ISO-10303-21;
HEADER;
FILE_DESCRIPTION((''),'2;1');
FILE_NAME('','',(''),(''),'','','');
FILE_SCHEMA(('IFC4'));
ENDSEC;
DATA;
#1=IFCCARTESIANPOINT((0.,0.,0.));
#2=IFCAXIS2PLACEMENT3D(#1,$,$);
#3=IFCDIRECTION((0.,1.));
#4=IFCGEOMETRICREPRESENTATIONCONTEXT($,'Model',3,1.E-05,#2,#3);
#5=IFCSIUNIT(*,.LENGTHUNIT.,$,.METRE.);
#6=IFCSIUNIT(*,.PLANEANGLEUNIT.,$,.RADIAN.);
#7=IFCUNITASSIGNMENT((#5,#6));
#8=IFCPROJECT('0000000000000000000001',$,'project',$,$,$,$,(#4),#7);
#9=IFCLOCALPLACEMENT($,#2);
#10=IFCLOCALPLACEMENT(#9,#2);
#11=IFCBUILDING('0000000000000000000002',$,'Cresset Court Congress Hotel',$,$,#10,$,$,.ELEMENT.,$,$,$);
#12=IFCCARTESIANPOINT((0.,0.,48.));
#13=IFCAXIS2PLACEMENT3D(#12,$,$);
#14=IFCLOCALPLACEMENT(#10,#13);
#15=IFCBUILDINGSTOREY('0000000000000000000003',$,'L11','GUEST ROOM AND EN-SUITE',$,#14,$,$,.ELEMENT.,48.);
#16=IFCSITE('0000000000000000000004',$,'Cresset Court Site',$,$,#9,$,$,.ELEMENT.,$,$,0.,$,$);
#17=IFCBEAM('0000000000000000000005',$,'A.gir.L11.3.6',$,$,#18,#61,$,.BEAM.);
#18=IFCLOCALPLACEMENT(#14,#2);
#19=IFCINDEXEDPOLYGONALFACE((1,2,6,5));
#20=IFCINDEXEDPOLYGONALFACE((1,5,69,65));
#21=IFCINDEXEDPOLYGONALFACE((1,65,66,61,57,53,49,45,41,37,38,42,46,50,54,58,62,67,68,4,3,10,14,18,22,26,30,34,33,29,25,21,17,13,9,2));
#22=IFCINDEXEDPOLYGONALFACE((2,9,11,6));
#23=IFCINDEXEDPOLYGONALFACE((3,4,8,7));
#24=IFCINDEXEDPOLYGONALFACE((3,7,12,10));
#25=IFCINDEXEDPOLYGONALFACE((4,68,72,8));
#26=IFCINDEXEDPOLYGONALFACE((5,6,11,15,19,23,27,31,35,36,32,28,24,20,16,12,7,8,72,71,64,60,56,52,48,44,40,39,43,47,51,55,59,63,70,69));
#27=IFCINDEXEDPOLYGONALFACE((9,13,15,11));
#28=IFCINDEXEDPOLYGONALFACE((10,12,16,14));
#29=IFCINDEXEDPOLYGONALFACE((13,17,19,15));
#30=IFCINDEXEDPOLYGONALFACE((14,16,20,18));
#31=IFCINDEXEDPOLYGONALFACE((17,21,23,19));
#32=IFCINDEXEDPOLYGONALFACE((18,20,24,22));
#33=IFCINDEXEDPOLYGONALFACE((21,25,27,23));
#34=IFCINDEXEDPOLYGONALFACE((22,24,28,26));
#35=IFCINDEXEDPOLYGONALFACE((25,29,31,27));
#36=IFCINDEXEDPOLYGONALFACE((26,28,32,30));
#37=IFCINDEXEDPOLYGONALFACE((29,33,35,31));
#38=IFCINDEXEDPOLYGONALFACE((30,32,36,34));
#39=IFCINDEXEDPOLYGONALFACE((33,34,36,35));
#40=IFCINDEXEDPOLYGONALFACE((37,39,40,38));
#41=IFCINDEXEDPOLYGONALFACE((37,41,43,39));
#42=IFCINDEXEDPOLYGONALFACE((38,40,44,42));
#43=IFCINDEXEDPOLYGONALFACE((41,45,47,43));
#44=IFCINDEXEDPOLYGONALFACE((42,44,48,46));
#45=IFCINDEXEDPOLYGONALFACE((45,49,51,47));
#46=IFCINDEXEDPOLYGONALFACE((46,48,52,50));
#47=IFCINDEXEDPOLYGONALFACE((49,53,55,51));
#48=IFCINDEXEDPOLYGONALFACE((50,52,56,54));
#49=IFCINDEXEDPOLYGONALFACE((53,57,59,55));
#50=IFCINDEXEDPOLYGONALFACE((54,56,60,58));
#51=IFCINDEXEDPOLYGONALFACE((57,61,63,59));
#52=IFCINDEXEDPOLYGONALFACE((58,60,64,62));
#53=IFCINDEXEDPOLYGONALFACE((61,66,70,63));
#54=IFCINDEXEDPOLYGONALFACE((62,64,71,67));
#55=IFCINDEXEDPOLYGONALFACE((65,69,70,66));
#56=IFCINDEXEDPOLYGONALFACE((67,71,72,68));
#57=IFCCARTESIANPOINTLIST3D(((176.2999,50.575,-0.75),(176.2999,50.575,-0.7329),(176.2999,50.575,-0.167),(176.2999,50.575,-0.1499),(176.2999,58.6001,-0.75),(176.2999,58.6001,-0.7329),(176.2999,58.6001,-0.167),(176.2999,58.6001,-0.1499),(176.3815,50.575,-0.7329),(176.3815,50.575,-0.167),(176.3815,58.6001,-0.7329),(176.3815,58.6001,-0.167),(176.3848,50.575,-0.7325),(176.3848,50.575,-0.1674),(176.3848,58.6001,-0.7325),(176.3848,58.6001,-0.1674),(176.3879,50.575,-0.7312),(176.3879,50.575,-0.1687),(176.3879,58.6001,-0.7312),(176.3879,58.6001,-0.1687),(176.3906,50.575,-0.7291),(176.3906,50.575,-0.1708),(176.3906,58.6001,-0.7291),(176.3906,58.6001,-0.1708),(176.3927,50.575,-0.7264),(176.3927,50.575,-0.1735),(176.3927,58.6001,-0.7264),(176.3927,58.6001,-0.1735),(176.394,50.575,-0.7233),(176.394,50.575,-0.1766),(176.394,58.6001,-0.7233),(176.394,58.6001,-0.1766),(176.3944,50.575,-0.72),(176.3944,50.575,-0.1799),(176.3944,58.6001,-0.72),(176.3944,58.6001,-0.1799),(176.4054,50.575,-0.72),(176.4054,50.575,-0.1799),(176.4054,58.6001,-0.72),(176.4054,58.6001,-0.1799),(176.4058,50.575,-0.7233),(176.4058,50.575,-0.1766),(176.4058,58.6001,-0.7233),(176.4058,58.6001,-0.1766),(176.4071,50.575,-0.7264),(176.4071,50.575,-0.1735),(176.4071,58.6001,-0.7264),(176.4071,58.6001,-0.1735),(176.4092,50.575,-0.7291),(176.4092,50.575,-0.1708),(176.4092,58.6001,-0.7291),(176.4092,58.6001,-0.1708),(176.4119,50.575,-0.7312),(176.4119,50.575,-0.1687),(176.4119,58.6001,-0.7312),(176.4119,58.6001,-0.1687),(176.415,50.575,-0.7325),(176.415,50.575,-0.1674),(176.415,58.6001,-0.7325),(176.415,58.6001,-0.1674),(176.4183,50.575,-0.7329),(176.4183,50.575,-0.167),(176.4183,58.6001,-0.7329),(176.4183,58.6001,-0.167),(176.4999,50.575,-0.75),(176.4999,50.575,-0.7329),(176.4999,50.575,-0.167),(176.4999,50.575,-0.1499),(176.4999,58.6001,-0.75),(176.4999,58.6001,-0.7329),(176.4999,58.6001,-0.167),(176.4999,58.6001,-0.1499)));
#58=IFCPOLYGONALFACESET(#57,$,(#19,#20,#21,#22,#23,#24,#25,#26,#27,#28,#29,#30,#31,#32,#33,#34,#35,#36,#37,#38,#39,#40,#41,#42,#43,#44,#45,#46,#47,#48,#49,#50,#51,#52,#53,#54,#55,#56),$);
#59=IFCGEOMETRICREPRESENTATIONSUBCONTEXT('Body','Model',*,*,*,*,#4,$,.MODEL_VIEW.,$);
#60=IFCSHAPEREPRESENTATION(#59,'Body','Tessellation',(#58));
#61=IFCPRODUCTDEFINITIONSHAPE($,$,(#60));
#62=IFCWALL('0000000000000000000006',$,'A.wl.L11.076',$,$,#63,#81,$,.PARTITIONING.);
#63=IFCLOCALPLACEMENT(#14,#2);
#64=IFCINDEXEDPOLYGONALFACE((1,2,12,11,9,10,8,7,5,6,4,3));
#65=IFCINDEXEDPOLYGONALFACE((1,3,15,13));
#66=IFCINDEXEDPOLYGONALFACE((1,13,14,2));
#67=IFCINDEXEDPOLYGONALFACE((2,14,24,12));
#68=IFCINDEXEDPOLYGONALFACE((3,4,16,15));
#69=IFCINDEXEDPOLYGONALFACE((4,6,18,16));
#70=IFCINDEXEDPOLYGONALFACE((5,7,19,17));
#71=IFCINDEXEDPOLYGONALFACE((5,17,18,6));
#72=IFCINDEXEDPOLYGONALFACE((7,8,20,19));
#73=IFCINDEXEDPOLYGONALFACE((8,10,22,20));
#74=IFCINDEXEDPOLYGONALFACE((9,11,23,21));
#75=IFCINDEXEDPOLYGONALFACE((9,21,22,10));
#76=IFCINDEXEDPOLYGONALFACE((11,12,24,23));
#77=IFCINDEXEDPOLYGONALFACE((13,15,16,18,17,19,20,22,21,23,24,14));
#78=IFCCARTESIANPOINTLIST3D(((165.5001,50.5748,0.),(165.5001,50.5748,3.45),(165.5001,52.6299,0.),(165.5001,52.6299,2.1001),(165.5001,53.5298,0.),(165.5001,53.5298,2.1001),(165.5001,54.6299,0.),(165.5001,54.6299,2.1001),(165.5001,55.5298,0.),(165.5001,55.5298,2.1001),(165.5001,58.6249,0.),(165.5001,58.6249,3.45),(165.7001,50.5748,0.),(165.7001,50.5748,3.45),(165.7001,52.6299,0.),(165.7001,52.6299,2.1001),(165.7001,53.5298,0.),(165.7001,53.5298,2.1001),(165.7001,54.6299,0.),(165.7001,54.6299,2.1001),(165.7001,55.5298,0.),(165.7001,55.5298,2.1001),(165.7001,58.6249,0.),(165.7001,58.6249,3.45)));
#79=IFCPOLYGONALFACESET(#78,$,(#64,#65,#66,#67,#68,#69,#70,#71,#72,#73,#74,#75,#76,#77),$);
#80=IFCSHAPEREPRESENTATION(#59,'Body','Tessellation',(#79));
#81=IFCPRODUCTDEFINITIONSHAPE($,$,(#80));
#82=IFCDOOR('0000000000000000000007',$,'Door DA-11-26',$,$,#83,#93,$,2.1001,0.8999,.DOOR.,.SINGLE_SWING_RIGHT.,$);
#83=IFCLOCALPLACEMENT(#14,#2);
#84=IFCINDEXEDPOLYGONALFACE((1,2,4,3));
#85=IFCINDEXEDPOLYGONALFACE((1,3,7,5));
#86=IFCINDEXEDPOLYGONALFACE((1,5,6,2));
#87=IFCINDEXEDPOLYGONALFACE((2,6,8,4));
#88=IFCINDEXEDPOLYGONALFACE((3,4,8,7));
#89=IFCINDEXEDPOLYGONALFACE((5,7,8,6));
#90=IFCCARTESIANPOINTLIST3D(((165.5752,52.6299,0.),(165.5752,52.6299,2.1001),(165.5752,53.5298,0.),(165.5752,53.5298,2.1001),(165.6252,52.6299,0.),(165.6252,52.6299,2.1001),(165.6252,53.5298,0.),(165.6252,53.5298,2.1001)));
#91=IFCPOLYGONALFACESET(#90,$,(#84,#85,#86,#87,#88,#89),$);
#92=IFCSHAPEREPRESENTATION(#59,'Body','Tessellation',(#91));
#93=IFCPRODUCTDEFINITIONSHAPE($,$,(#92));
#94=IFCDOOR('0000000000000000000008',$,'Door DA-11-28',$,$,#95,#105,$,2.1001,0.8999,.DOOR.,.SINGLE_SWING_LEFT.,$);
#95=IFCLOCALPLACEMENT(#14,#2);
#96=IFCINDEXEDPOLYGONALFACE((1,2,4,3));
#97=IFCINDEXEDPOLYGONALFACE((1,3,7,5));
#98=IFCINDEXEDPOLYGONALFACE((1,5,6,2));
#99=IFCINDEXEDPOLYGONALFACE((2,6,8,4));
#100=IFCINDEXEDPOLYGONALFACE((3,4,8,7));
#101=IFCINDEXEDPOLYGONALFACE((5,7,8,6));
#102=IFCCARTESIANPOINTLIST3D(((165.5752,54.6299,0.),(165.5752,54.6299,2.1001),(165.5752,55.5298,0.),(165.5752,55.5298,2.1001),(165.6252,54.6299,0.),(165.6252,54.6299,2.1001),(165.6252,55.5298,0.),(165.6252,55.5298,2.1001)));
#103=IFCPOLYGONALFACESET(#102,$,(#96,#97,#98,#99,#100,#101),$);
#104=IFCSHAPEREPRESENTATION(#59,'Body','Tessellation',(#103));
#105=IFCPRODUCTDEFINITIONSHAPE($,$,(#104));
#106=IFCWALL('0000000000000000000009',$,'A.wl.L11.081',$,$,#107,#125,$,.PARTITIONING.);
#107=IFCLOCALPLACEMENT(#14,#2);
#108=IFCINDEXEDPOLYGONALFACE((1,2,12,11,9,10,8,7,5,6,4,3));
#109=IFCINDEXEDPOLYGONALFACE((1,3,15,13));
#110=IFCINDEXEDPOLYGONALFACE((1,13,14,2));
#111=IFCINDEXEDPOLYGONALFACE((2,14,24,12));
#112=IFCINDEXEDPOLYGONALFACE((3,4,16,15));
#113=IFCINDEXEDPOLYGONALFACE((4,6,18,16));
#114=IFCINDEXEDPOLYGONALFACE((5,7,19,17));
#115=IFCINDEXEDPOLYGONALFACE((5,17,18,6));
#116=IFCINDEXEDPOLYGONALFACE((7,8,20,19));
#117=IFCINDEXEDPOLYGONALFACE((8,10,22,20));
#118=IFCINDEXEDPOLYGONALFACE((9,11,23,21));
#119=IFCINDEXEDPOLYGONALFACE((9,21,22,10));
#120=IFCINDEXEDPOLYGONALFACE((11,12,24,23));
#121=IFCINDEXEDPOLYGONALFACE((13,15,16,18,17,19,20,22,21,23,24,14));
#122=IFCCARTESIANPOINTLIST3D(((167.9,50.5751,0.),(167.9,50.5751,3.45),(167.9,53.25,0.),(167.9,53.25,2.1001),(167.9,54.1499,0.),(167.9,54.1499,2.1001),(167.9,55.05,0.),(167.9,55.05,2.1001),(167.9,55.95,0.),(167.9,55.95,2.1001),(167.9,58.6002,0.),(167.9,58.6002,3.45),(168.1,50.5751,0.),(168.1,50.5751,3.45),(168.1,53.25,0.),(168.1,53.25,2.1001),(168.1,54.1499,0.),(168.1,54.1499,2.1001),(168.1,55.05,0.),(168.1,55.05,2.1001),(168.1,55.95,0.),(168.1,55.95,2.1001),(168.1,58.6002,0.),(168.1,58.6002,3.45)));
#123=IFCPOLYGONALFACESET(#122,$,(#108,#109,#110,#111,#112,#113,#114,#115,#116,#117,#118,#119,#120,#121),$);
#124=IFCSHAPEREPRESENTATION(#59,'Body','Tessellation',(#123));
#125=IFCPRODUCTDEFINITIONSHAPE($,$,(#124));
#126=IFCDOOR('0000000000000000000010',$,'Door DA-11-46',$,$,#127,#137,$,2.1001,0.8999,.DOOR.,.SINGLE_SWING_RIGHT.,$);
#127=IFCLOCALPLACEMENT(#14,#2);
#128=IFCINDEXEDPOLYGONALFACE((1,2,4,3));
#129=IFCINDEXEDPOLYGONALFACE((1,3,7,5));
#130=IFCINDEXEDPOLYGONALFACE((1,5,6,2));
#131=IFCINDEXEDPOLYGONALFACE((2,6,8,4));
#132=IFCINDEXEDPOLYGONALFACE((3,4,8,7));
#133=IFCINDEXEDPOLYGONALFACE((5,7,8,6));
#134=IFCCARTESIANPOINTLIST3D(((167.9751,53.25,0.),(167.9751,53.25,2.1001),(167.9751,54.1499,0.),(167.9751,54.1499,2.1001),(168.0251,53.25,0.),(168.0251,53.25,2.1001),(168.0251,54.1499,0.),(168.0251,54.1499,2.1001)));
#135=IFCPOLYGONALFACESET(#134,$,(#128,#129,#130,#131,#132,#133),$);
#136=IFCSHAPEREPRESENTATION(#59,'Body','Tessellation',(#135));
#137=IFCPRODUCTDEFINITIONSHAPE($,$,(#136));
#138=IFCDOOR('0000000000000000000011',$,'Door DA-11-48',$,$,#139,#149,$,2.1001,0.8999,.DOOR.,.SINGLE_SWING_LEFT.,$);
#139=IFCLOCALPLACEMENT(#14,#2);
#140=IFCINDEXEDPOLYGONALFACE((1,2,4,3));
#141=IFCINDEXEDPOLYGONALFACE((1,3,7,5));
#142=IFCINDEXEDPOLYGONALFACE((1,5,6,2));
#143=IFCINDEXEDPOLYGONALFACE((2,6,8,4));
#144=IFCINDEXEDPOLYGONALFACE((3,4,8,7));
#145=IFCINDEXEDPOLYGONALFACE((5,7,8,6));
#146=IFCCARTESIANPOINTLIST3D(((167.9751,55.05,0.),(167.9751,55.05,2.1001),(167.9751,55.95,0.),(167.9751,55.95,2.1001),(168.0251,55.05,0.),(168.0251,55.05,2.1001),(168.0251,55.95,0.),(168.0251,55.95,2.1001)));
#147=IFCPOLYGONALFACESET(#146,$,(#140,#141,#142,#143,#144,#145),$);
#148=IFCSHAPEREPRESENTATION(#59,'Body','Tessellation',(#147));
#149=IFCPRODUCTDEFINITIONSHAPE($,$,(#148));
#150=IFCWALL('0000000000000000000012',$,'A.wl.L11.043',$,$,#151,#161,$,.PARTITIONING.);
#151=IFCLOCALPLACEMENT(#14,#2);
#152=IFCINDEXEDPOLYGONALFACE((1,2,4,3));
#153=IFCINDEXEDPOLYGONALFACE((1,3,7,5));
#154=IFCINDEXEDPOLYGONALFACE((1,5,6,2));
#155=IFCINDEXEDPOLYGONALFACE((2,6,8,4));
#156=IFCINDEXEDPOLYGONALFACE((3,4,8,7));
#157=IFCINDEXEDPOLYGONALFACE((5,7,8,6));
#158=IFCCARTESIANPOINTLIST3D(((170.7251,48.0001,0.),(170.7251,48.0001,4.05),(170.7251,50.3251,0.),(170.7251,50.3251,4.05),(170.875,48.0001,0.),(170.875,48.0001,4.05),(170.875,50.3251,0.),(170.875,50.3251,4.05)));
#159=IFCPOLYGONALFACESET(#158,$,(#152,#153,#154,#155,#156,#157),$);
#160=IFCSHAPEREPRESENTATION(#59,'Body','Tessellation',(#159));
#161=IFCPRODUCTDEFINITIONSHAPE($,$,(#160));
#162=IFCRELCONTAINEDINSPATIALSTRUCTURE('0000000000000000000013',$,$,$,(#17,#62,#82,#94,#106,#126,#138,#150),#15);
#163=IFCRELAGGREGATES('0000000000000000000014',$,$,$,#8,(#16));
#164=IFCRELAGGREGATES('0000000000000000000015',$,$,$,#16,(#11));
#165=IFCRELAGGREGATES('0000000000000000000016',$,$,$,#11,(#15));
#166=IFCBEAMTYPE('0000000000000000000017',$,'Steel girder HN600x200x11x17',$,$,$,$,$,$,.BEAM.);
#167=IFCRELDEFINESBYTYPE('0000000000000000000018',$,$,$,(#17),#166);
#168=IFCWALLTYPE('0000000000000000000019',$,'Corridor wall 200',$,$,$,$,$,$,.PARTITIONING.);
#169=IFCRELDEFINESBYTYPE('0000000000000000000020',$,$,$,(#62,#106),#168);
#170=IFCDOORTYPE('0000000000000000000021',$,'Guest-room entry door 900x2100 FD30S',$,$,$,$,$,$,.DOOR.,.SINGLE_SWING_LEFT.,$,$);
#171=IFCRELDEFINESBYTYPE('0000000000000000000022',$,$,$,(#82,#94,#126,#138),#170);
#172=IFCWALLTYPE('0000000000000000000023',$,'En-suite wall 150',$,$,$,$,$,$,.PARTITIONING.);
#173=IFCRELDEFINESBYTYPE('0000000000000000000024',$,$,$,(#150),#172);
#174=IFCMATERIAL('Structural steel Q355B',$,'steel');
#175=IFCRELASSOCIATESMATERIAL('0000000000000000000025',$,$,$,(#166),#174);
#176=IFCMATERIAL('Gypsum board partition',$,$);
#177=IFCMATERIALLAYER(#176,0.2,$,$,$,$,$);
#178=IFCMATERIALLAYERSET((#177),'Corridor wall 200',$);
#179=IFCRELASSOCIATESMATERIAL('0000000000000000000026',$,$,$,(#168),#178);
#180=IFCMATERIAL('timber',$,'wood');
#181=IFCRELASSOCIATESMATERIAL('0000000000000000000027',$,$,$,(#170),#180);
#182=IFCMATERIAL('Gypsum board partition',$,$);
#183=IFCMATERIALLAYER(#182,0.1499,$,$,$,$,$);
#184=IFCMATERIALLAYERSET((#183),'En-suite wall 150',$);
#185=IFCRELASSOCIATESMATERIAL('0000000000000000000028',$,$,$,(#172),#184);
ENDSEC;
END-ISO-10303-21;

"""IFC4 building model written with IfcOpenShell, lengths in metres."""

from ifc_helpers import new_model, si_unit, direction, frame, frame_2d, origin, origin_2d, place, context, subcontext, project, spatial, rectangle, i_section, extrude, material, layer, layer_set, material_profile, profile_set, type_object, element, fill, save


model = new_model("IFC4")

# Units and contexts
model_context = context("Model", 3, precision=1e-05, world=origin(), true_north=direction((0.0, 1.0)))
body_context = subcontext(model_context, "Body", "Model", "MODEL_VIEW")
ifc_project = project(units=[si_unit("LENGTHUNIT", "METRE"), si_unit("PLANEANGLEUNIT", "RADIAN")], contexts=[model_context])

# Site, building, storey
site_placement = place(None, origin())
site = spatial("IfcSite", under=ifc_project, at=site_placement, Name="Cresset Court Site", CompositionType="ELEMENT", RefElevation=0.0)
building_placement = place(site_placement, origin())
building = spatial("IfcBuilding", under=site, at=building_placement, Name="Cresset Court Congress Hotel", CompositionType="ELEMENT")
storey_placement = place(building_placement, frame((0.0, 0.0, 48.0)))
storey = spatial("IfcBuildingStorey", under=building, at=storey_placement, Name="L11", Description="GUEST ROOM AND EN-SUITE", CompositionType="ELEMENT", Elevation=48.0)

# Beam
ifc_material_1 = material(Name="Structural steel Q355B", Category="steel")
ifc_material_profile_1 = material_profile(ifc_material_1, i_section(OverallWidth=0.2, OverallDepth=0.6001, WebThickness=0.011, FlangeThickness=0.0171, FilletRadius=0.0129, at=origin_2d()), Name="HN600x200x11x17")
ifc_profile_set_1 = profile_set([ifc_material_profile_1], Name="Structural steel Q355B")
beam_type_1 = type_object("IfcBeamType", Name="Steel girder HN600x200x11x17", PredefinedType="BEAM", material=ifc_profile_set_1)
for number, where, z_axis, x_axis, name in (
    (1, (176.3999, 50.575, -0.45), (0.0, 1.0, 0.0), (-1.0, 0.0, 0.0), "A.gir.L11.3.6"),
):
    element("IfcBeam", number, at=place(storey_placement, frame(where, z_axis=z_axis, x_axis=x_axis)), inside=storey, type_object=beam_type_1, Name=name, PredefinedType="BEAM", context=body_context, shape_type="SweptSolid", body=[
        extrude(i_section(OverallWidth=0.2, OverallDepth=0.6001, WebThickness=0.011, FlangeThickness=0.0171, FilletRadius=0.0129, at=origin_2d()), origin(), (0.0, 0.0, 1.0), 8.0251),
    ])

# Walls, openings, doors
ifc_material_2 = material(Name="Gypsum board partition")
ifc_layer_1 = layer(ifc_material_2, 0.2)
ifc_layer_set_1 = layer_set([ifc_layer_1], Name="Corridor wall 200")
wall_type_1 = type_object("IfcWallType", Name="Corridor wall 200", PredefinedType="PARTITIONING", material=ifc_layer_set_1)
wall_1_placement = place(storey_placement, frame((165.6001, 50.575, 0.0), z_axis=(0.0, 0.0, 1.0), x_axis=(0.0, 1.0, 0.0)))
wall_1 = element("IfcWall", 2, at=wall_1_placement, inside=storey, type_object=wall_type_1, Name="A.wl.L11.076", PredefinedType="PARTITIONING", context=body_context, shape_type="SweptSolid", body=[
    extrude(rectangle(XDim=8.05, YDim=0.2, at=frame_2d((4.0249, 0.0))), origin(), (0.0, 0.0, 1.0), 3.45),
])
opening_1_placement = place(wall_1_placement, frame((2.0549, 0.0, 0.0)))
opening_1 = element("IfcOpeningElement", 3, at=opening_1_placement, cuts=wall_1, PredefinedType="OPENING", context=body_context, shape_type="SweptSolid", body=[
    extrude(rectangle(XDim=0.8999, YDim=2.1001, at=frame_2d((0.45, 1.05))), frame((0.0, 0.1099, 0.0), z_axis=(0.0, -1.0, 0.0), x_axis=(1.0, 0.0, 0.0)), (0.0, 0.0, 1.0), 0.22),
])
opening_2_placement = place(wall_1_placement, frame((4.0549, 0.0, 0.0)))
opening_2 = element("IfcOpeningElement", 4, at=opening_2_placement, cuts=wall_1, PredefinedType="OPENING", context=body_context, shape_type="SweptSolid", body=[
    extrude(rectangle(XDim=0.8999, YDim=2.1001, at=frame_2d((0.45, 1.05))), frame((0.0, 0.1099, 0.0), z_axis=(0.0, -1.0, 0.0), x_axis=(1.0, 0.0, 0.0)), (0.0, 0.0, 1.0), 0.22),
])
ifc_material_3 = material(Name="timber", Category="wood")
door_type_1 = type_object("IfcDoorType", Name="Guest-room entry door 900x2100 FD30S", OperationType="SINGLE_SWING_LEFT", PredefinedType="DOOR", material=ifc_material_3)
door_1_placement = place(opening_1_placement, origin())
door_1 = element("IfcDoor", 5, at=door_1_placement, inside=storey, type_object=door_type_1, Name="Door DA-11-26", OperationType="SINGLE_SWING_RIGHT", OverallHeight=2.1001, OverallWidth=0.8999, PredefinedType="DOOR", context=body_context, shape_type="SweptSolid", body=[
    extrude(rectangle(XDim=0.8999, YDim=2.1001, at=frame_2d((0.45, 1.05))), frame((0.0, 0.0249, 0.0), z_axis=(0.0, -1.0, 0.0), x_axis=(1.0, 0.0, 0.0)), (0.0, 0.0, 1.0), 0.05),
])
fill(opening_1, door_1)
door_2_placement = place(opening_2_placement, origin())
door_2 = element("IfcDoor", 6, at=door_2_placement, inside=storey, type_object=door_type_1, Name="Door DA-11-28", OperationType="SINGLE_SWING_LEFT", OverallHeight=2.1001, OverallWidth=0.8999, PredefinedType="DOOR", context=body_context, shape_type="SweptSolid", body=[
    extrude(rectangle(XDim=0.8999, YDim=2.1001, at=frame_2d((0.45, 1.05))), frame((0.0, 0.0249, 0.0), z_axis=(0.0, -1.0, 0.0), x_axis=(1.0, 0.0, 0.0)), (0.0, 0.0, 1.0), 0.05),
])
fill(opening_2, door_2)
wall_2_placement = place(storey_placement, frame((168.0, 50.575, 0.0), z_axis=(0.0, 0.0, 1.0), x_axis=(0.0, 1.0, 0.0)))
wall_2 = element("IfcWall", 7, at=wall_2_placement, inside=storey, type_object=wall_type_1, Name="A.wl.L11.081", PredefinedType="PARTITIONING", context=body_context, shape_type="SweptSolid", body=[
    extrude(rectangle(XDim=8.0251, YDim=0.2, at=frame_2d((4.0127, 0.0))), origin(), (0.0, 0.0, 1.0), 3.45),
])
opening_3_placement = place(wall_2_placement, frame((2.675, 0.0, 0.0)))
opening_3 = element("IfcOpeningElement", 8, at=opening_3_placement, cuts=wall_2, PredefinedType="OPENING", context=body_context, shape_type="SweptSolid", body=[
    extrude(rectangle(XDim=0.8999, YDim=2.1001, at=frame_2d((0.45, 1.05))), frame((0.0, 0.1099, 0.0), z_axis=(0.0, -1.0, 0.0), x_axis=(1.0, 0.0, 0.0)), (0.0, 0.0, 1.0), 0.22),
])
opening_4_placement = place(wall_2_placement, frame((4.4751, 0.0, 0.0)))
opening_4 = element("IfcOpeningElement", 9, at=opening_4_placement, cuts=wall_2, PredefinedType="OPENING", context=body_context, shape_type="SweptSolid", body=[
    extrude(rectangle(XDim=0.8999, YDim=2.1001, at=frame_2d((0.45, 1.05))), frame((0.0, 0.1099, 0.0), z_axis=(0.0, -1.0, 0.0), x_axis=(1.0, 0.0, 0.0)), (0.0, 0.0, 1.0), 0.22),
])
door_3_placement = place(opening_3_placement, origin())
door_3 = element("IfcDoor", 10, at=door_3_placement, inside=storey, type_object=door_type_1, Name="Door DA-11-46", OperationType="SINGLE_SWING_RIGHT", OverallHeight=2.1001, OverallWidth=0.8999, PredefinedType="DOOR", context=body_context, shape_type="SweptSolid", body=[
    extrude(rectangle(XDim=0.8999, YDim=2.1001, at=frame_2d((0.45, 1.05))), frame((0.0, 0.0249, 0.0), z_axis=(0.0, -1.0, 0.0), x_axis=(1.0, 0.0, 0.0)), (0.0, 0.0, 1.0), 0.05),
])
fill(opening_3, door_3)
door_4_placement = place(opening_4_placement, origin())
door_4 = element("IfcDoor", 11, at=door_4_placement, inside=storey, type_object=door_type_1, Name="Door DA-11-48", OperationType="SINGLE_SWING_LEFT", OverallHeight=2.1001, OverallWidth=0.8999, PredefinedType="DOOR", context=body_context, shape_type="SweptSolid", body=[
    extrude(rectangle(XDim=0.8999, YDim=2.1001, at=frame_2d((0.45, 1.05))), frame((0.0, 0.0249, 0.0), z_axis=(0.0, -1.0, 0.0), x_axis=(1.0, 0.0, 0.0)), (0.0, 0.0, 1.0), 0.05),
])
fill(opening_4, door_4)

# Wall
ifc_material_4 = material(Name="Gypsum board partition")
ifc_layer_2 = layer(ifc_material_4, 0.1499)
ifc_layer_set_2 = layer_set([ifc_layer_2], Name="En-suite wall 150")
wall_type_2 = type_object("IfcWallType", Name="En-suite wall 150", PredefinedType="PARTITIONING", material=ifc_layer_set_2)
wall_3_placement = place(storey_placement, frame((170.8, 48.0, 0.0), z_axis=(0.0, 0.0, 1.0), x_axis=(0.0, 1.0, 0.0)))
element("IfcWall", 12, at=wall_3_placement, inside=storey, type_object=wall_type_2, Name="A.wl.L11.043", PredefinedType="PARTITIONING", context=body_context, shape_type="SweptSolid", body=[
    extrude(rectangle(XDim=2.325, YDim=0.1499, at=frame_2d((1.1626, 0.0))), origin(), (0.0, 0.0, 1.0), 4.05),
])

save(model, "model.ifc")
